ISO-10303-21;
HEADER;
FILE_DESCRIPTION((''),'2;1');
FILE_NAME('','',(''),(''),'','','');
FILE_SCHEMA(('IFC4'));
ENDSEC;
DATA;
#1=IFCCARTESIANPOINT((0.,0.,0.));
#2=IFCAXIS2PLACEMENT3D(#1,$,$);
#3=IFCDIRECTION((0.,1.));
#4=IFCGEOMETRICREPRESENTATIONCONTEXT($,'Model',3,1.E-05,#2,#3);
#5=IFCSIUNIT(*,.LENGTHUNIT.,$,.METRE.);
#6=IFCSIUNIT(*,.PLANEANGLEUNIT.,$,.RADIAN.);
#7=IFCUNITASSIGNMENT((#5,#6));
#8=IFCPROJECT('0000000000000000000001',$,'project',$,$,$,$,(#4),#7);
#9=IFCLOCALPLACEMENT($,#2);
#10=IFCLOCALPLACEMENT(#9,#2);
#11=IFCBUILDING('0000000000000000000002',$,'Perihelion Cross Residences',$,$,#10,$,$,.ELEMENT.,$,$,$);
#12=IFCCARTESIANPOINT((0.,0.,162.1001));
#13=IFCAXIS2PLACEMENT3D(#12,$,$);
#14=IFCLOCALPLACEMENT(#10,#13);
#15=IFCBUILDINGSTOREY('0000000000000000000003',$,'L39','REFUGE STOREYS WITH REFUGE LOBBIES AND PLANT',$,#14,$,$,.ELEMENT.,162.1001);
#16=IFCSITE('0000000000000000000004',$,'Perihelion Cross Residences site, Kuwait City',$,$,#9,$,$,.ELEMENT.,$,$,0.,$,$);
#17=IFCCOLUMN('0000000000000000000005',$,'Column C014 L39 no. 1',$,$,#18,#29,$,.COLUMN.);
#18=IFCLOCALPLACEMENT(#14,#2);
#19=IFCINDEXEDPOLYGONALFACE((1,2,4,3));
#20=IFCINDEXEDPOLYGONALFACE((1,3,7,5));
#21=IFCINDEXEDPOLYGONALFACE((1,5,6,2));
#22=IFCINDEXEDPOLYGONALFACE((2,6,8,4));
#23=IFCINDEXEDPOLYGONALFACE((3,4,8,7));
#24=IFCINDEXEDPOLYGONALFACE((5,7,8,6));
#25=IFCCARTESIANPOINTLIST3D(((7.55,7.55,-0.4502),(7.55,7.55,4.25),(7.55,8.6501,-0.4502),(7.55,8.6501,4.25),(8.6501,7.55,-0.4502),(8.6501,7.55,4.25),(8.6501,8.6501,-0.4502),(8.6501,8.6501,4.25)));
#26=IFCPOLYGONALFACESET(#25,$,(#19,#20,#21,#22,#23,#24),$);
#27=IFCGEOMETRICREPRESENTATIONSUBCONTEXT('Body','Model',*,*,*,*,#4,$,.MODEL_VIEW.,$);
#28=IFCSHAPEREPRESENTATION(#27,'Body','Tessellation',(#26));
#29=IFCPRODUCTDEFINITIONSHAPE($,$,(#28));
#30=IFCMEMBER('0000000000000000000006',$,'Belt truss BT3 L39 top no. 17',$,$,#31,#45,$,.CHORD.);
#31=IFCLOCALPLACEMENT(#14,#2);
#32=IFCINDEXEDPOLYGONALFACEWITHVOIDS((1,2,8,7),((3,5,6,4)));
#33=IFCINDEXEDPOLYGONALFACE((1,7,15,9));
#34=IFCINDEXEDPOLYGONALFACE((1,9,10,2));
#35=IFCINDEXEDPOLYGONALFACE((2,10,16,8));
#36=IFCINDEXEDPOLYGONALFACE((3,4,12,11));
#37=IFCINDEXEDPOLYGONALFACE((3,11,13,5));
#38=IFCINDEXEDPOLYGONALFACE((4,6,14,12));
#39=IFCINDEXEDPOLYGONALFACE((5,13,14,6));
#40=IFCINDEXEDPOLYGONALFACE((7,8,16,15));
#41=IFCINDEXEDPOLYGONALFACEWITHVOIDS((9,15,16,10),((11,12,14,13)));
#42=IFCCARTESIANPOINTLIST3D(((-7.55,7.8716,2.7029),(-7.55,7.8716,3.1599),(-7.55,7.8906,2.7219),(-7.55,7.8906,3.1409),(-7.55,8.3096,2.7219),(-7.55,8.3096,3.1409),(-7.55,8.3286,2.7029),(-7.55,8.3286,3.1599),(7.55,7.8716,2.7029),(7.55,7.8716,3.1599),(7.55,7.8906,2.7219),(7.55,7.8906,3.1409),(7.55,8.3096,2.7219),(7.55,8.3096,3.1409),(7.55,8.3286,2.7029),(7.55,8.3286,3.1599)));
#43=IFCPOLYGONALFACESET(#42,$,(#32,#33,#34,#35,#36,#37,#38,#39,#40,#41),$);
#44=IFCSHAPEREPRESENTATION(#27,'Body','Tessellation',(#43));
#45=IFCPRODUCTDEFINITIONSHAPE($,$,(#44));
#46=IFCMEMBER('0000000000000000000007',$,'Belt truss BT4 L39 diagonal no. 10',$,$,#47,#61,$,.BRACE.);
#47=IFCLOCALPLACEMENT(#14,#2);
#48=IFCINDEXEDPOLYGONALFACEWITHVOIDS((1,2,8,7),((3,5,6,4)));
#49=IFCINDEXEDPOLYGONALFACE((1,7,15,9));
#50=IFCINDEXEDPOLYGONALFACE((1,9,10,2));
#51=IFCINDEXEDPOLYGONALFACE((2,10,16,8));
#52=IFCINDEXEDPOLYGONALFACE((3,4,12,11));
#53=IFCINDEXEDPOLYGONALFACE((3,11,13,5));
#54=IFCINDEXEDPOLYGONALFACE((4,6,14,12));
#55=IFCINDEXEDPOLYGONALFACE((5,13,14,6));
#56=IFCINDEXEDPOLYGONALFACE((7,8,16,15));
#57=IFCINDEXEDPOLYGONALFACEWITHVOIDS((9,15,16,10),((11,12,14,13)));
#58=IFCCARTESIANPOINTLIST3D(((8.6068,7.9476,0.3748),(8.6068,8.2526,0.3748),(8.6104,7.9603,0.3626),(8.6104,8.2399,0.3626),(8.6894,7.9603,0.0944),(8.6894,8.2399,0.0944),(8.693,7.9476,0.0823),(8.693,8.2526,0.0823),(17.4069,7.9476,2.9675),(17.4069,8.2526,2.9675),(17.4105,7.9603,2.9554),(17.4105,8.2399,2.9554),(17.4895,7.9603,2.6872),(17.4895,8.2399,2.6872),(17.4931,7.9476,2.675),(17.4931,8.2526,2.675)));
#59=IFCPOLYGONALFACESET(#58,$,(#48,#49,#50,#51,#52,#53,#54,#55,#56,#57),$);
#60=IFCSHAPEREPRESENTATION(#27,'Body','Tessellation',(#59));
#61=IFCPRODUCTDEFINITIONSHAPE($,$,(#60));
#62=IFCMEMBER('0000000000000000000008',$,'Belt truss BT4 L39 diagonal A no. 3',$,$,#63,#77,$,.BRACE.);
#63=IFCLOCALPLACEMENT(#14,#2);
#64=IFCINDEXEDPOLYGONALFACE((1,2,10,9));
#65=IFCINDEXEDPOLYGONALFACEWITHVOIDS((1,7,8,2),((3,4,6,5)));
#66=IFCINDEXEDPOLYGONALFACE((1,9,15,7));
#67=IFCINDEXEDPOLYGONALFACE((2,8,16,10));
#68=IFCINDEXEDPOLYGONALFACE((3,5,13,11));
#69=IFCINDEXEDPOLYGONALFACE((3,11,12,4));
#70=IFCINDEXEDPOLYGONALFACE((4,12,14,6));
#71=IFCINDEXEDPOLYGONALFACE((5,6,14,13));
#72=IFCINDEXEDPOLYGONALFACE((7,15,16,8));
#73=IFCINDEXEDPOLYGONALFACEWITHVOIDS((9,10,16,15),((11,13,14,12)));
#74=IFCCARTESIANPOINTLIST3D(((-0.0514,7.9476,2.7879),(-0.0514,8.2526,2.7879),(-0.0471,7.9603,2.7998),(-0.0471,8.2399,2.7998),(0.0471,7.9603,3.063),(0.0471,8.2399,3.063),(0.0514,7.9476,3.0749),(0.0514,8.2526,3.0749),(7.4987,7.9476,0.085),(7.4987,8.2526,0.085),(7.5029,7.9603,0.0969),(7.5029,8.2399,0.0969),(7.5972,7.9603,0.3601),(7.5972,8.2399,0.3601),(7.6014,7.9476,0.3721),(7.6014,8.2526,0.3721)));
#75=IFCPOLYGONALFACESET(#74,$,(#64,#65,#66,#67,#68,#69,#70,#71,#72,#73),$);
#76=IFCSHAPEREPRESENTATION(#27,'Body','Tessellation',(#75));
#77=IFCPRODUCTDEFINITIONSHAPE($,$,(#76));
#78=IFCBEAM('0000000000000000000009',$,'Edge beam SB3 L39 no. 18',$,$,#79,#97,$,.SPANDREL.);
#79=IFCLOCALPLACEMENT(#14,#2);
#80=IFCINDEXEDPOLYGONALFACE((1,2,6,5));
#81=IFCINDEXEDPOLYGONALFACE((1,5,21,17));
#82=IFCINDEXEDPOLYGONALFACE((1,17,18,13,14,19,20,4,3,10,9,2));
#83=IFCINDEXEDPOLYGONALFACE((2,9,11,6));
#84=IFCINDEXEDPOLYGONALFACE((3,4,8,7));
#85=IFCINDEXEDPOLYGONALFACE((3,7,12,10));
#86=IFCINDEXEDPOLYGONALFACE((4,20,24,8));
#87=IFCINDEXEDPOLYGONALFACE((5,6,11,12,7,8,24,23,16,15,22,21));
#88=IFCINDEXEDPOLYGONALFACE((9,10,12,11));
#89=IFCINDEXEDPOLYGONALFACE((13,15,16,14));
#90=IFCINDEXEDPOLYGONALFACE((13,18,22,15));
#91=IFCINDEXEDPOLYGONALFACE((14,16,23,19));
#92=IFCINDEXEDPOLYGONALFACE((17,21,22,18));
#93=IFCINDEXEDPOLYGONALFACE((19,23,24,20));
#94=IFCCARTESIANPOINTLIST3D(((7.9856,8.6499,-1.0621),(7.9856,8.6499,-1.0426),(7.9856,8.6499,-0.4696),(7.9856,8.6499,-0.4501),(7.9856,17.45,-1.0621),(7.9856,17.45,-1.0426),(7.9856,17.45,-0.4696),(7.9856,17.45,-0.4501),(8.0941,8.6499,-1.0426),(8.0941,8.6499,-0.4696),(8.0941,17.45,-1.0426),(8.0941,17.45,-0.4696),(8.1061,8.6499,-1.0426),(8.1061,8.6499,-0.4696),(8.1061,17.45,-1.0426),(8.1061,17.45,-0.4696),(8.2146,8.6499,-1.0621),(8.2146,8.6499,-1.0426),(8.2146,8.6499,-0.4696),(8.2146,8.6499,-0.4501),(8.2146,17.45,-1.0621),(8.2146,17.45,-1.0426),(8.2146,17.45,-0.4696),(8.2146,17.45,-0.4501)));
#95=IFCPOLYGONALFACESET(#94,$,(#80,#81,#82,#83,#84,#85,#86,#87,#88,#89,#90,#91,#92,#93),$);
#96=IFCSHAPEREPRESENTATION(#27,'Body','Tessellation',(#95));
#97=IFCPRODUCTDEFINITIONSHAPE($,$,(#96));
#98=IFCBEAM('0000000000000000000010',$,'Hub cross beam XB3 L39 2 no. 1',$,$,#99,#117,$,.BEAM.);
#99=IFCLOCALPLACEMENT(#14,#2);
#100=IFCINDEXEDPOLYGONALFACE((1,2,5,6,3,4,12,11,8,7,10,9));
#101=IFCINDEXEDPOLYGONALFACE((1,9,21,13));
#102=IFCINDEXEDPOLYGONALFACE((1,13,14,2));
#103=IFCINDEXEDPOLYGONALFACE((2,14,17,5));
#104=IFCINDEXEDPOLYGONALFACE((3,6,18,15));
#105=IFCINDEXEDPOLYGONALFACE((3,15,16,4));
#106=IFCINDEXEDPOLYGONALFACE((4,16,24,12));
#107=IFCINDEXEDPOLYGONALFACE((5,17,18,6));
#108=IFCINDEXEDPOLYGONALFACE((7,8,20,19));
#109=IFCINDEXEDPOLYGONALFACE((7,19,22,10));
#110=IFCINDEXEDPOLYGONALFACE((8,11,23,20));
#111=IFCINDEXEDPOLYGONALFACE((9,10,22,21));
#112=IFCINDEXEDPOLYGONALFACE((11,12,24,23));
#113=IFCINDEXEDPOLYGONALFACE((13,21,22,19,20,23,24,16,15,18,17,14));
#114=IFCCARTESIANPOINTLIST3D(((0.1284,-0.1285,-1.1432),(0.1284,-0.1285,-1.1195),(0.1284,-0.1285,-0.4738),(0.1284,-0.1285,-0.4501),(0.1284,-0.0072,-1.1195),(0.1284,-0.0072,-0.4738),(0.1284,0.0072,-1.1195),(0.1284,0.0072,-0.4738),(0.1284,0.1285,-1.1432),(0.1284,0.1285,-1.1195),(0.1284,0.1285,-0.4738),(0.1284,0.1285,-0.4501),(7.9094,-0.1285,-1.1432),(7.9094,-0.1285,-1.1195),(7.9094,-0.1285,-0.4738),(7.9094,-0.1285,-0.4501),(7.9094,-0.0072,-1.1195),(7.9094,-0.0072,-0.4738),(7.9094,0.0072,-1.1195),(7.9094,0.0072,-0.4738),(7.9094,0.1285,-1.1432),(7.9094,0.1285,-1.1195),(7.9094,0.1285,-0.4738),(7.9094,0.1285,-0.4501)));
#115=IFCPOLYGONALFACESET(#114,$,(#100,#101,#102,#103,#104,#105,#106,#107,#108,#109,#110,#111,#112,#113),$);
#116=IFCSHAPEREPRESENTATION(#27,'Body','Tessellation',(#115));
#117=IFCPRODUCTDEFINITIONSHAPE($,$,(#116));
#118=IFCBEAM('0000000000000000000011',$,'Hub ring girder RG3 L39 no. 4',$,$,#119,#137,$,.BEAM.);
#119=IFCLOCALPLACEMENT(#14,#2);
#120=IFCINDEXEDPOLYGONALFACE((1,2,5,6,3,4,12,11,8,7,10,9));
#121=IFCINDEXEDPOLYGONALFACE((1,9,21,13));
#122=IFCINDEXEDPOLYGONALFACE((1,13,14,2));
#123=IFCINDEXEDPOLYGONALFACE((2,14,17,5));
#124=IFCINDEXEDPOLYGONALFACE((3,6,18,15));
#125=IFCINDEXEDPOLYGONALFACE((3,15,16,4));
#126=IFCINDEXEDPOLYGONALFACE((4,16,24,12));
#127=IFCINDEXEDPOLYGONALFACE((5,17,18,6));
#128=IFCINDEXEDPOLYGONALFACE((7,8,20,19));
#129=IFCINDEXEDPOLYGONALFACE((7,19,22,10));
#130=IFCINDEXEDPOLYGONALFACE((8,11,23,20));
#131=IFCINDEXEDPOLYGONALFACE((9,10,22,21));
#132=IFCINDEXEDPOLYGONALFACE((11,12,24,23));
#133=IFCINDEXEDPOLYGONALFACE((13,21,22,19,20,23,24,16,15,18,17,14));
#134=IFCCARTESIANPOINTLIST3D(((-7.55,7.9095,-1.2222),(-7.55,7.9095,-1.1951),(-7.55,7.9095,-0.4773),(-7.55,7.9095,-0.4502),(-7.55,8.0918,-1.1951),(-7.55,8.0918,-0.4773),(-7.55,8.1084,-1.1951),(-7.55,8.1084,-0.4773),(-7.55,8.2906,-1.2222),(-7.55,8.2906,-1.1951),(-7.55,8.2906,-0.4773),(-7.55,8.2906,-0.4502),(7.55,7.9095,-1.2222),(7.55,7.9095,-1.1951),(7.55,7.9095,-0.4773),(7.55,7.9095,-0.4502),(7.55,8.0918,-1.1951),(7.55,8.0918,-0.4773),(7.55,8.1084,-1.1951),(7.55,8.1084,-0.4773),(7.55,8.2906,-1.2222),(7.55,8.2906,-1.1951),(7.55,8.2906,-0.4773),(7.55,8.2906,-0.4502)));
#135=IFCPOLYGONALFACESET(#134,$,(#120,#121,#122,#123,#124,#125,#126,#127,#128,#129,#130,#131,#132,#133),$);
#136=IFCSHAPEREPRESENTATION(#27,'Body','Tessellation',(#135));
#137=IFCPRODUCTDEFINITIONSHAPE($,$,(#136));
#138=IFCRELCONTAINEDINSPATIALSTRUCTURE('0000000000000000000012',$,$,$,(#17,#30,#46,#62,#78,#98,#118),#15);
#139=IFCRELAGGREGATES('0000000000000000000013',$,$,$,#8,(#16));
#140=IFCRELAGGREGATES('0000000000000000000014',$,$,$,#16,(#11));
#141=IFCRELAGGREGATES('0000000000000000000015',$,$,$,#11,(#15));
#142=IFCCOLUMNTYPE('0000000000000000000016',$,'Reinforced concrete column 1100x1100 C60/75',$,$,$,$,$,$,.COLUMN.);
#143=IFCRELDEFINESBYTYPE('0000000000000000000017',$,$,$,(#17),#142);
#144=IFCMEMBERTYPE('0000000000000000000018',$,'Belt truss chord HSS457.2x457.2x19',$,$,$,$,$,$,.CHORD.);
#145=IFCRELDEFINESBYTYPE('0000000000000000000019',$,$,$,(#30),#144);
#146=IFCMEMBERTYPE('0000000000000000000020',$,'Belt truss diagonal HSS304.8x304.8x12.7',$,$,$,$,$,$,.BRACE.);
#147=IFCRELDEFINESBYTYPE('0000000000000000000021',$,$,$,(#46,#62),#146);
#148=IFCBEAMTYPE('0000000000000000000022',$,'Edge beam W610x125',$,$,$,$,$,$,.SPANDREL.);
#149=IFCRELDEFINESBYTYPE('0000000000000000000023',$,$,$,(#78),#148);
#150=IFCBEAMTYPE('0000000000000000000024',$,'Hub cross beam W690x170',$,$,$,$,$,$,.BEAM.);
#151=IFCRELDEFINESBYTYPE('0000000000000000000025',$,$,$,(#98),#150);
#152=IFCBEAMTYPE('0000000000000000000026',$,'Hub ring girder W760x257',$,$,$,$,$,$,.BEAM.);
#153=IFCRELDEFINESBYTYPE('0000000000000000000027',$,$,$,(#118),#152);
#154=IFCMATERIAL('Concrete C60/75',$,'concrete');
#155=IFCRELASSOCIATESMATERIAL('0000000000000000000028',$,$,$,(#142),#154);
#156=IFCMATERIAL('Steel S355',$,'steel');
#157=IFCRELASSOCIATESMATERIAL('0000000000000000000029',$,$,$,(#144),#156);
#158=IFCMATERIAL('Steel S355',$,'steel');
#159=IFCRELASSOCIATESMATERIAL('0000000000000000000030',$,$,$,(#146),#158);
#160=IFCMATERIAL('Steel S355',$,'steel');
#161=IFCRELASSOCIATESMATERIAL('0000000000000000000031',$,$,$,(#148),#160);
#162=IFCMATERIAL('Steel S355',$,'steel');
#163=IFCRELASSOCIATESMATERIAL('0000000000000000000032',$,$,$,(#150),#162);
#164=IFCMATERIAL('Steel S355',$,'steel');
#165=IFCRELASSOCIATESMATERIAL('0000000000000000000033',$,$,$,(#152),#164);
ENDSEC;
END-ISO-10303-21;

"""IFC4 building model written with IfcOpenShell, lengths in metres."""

from ifc_helpers import new_model, si_unit, direction, frame, origin, origin_2d, place, context, subcontext, project, spatial, rectangle, hollow_rectangle, i_section, extrude, material, material_profile, profile_set, type_object, element, save


model = new_model("IFC4")

# Units and contexts
model_context = context("Model", 3, precision=1e-05, world=origin(), true_north=direction((0.0, 1.0)))
body_context = subcontext(model_context, "Body", "Model", "MODEL_VIEW")
ifc_project = project(units=[si_unit("LENGTHUNIT", "METRE"), si_unit("PLANEANGLEUNIT", "RADIAN")], contexts=[model_context])

# Site, building, storey
site_placement = place(None, origin())
site = spatial("IfcSite", under=ifc_project, at=site_placement, Name="Perihelion Cross Residences site, Kuwait City", CompositionType="ELEMENT", RefElevation=0.0)
building_placement = place(site_placement, origin())
building = spatial("IfcBuilding", under=site, at=building_placement, Name="Perihelion Cross Residences", CompositionType="ELEMENT")
storey_placement = place(building_placement, frame((0.0, 0.0, 162.1001)))
storey = spatial("IfcBuildingStorey", under=building, at=storey_placement, Name="L39", Description="REFUGE STOREYS WITH REFUGE LOBBIES AND PLANT", CompositionType="ELEMENT", Elevation=162.1001)

# Column
ifc_material_1 = material(Name="Concrete C60/75", Category="concrete")
ifc_material_profile_1 = material_profile(ifc_material_1, rectangle(XDim=1.1001, YDim=1.1001, at=origin_2d()), Name="RC 1100x1100")
ifc_profile_set_1 = profile_set([ifc_material_profile_1], Name="Concrete C60/75")
column_type = type_object("IfcColumnType", Name="Reinforced concrete column 1100x1100 C60/75", PredefinedType="COLUMN", material=ifc_profile_set_1)
column_placement = place(storey_placement, frame((8.1001, 8.1001, -0.4502), z_axis=(0.0, 0.0, 1.0), x_axis=(1.0, 0.0, 0.0)))
element("IfcColumn", 1, at=column_placement, inside=storey, type_object=column_type, Name="Column C014 L39 no. 1", PredefinedType="COLUMN", context=body_context, shape_type="SweptSolid", body=[
    extrude(rectangle(XDim=1.1001, YDim=1.1001, at=origin_2d()), origin(), (0.0, 0.0, 1.0), 4.7002),
])

# Members
ifc_material_2 = material(Name="Steel S355", Category="steel")
ifc_material_profile_2 = material_profile(ifc_material_2, hollow_rectangle(XDim=0.457, YDim=0.457, WallThickness=0.019, at=origin_2d()), Name="HSS457.2x457.2x19")
ifc_profile_set_2 = profile_set([ifc_material_profile_2], Name="Steel S355")
member_type_1 = type_object("IfcMemberType", Name="Belt truss chord HSS457.2x457.2x19", PredefinedType="CHORD", material=ifc_profile_set_2)
member_1_placement = place(storey_placement, frame((7.55, 8.1001, 2.9314), z_axis=(-1.0, 0.0, 0.0), x_axis=(0.0, -1.0, 0.0)))
element("IfcMember", 2, at=member_1_placement, inside=storey, type_object=member_type_1, Name="Belt truss BT3 L39 top no. 17", PredefinedType="CHORD", context=body_context, shape_type="SweptSolid", body=[
    extrude(hollow_rectangle(XDim=0.457, YDim=0.457, WallThickness=0.019, at=origin_2d()), origin(), (0.0, 0.0, 1.0), 15.1001),
])
ifc_material_3 = material(Name="Steel S355", Category="steel")
ifc_material_profile_3 = material_profile(ifc_material_3, hollow_rectangle(XDim=0.3049, YDim=0.3049, WallThickness=0.0127, at=origin_2d()), Name="HSS304.8x304.8x12.7")
ifc_profile_set_3 = profile_set([ifc_material_profile_3], Name="Steel S355")
member_type_2 = type_object("IfcMemberType", Name="Belt truss diagonal HSS304.8x304.8x12.7", PredefinedType="BRACE", material=ifc_profile_set_3)
member_2_placement = place(storey_placement, frame((8.6499, 8.1001, 0.2285), z_axis=(0.959232, 0.0, 0.28262), x_axis=(0.0, 1.0, 0.0)))
element("IfcMember", 3, at=member_2_placement, inside=storey, type_object=member_type_2, Name="Belt truss BT4 L39 diagonal no. 10", PredefinedType="BRACE", context=body_context, shape_type="SweptSolid", body=[
    extrude(hollow_rectangle(XDim=0.3049, YDim=0.3049, WallThickness=0.0127, at=origin_2d()), origin(), (0.0, 0.0, 1.0), 9.1741),
])
member_3_placement = place(storey_placement, frame((7.55, 8.1001, 0.2285), z_axis=(-0.941487, 0.0, 0.337048), x_axis=(0.0, -1.0, 0.0)))
element("IfcMember", 4, at=member_3_placement, inside=storey, type_object=member_type_2, Name="Belt truss BT4 L39 diagonal A no. 3", PredefinedType="BRACE", context=body_context, shape_type="SweptSolid", body=[
    extrude(hollow_rectangle(XDim=0.3049, YDim=0.3049, WallThickness=0.0127, at=origin_2d()), origin(), (0.0, 0.0, 1.0), 8.0193),
])

# Beams
ifc_material_4 = material(Name="Steel S355", Category="steel")
ifc_material_profile_4 = material_profile(ifc_material_4, i_section(OverallWidth=0.229, OverallDepth=0.6121, WebThickness=0.012, FlangeThickness=0.0195, at=origin_2d()), Name="W610x125")
ifc_profile_set_4 = profile_set([ifc_material_profile_4], Name="Steel S355")
beam_type_1 = type_object("IfcBeamType", Name="Edge beam W610x125", PredefinedType="SPANDREL", material=ifc_profile_set_4)
beam_1_placement = place(storey_placement, frame((8.1001, 8.6499, -0.7561), z_axis=(0.0, 1.0, 0.0), x_axis=(-1.0, 0.0, 0.0)))
element("IfcBeam", 5, at=beam_1_placement, inside=storey, type_object=beam_type_1, Name="Edge beam SB3 L39 no. 18", PredefinedType="SPANDREL", context=body_context, shape_type="SweptSolid", body=[
    extrude(i_section(OverallWidth=0.229, OverallDepth=0.6121, WebThickness=0.012, FlangeThickness=0.0195, at=origin_2d()), origin(), (0.0, 0.0, 1.0), 8.8),
])
ifc_material_5 = material(Name="Steel S355", Category="steel")
ifc_material_profile_5 = material_profile(ifc_material_5, i_section(OverallWidth=0.2571, OverallDepth=0.6931, WebThickness=0.0144, FlangeThickness=0.0237, at=origin_2d()), Name="W690x170")
ifc_profile_set_5 = profile_set([ifc_material_profile_5], Name="Steel S355")
beam_type_2 = type_object("IfcBeamType", Name="Hub cross beam W690x170", PredefinedType="BEAM", material=ifc_profile_set_5)
beam_2_placement = place(storey_placement, frame((0.1284, 0.0, -0.7966), z_axis=(1.0, 0.0, 0.0), x_axis=(0.0, 1.0, 0.0)))
element("IfcBeam", 6, at=beam_2_placement, inside=storey, type_object=beam_type_2, Name="Hub cross beam XB3 L39 2 no. 1", PredefinedType="BEAM", context=body_context, shape_type="SweptSolid", body=[
    extrude(i_section(OverallWidth=0.2571, OverallDepth=0.6931, WebThickness=0.0144, FlangeThickness=0.0237, at=origin_2d()), origin(), (0.0, 0.0, 1.0), 7.781),
])
ifc_material_6 = material(Name="Steel S355", Category="steel")
ifc_material_profile_6 = material_profile(ifc_material_6, i_section(OverallWidth=0.3811, OverallDepth=0.772, WebThickness=0.0166, FlangeThickness=0.0271, at=origin_2d()), Name="W760x257")
ifc_profile_set_6 = profile_set([ifc_material_profile_6], Name="Steel S355")
beam_type_3 = type_object("IfcBeamType", Name="Hub ring girder W760x257", PredefinedType="BEAM", material=ifc_profile_set_6)
beam_3_placement = place(storey_placement, frame((7.55, 8.1001, -0.8362), z_axis=(-1.0, 0.0, 0.0), x_axis=(0.0, -1.0, 0.0)))
element("IfcBeam", 7, at=beam_3_placement, inside=storey, type_object=beam_type_3, Name="Hub ring girder RG3 L39 no. 4", PredefinedType="BEAM", context=body_context, shape_type="SweptSolid", body=[
    extrude(i_section(OverallWidth=0.3811, OverallDepth=0.772, WebThickness=0.0166, FlangeThickness=0.0271, at=origin_2d()), origin(), (0.0, 0.0, 1.0), 15.1001),
])

save(model, "model.ifc")
